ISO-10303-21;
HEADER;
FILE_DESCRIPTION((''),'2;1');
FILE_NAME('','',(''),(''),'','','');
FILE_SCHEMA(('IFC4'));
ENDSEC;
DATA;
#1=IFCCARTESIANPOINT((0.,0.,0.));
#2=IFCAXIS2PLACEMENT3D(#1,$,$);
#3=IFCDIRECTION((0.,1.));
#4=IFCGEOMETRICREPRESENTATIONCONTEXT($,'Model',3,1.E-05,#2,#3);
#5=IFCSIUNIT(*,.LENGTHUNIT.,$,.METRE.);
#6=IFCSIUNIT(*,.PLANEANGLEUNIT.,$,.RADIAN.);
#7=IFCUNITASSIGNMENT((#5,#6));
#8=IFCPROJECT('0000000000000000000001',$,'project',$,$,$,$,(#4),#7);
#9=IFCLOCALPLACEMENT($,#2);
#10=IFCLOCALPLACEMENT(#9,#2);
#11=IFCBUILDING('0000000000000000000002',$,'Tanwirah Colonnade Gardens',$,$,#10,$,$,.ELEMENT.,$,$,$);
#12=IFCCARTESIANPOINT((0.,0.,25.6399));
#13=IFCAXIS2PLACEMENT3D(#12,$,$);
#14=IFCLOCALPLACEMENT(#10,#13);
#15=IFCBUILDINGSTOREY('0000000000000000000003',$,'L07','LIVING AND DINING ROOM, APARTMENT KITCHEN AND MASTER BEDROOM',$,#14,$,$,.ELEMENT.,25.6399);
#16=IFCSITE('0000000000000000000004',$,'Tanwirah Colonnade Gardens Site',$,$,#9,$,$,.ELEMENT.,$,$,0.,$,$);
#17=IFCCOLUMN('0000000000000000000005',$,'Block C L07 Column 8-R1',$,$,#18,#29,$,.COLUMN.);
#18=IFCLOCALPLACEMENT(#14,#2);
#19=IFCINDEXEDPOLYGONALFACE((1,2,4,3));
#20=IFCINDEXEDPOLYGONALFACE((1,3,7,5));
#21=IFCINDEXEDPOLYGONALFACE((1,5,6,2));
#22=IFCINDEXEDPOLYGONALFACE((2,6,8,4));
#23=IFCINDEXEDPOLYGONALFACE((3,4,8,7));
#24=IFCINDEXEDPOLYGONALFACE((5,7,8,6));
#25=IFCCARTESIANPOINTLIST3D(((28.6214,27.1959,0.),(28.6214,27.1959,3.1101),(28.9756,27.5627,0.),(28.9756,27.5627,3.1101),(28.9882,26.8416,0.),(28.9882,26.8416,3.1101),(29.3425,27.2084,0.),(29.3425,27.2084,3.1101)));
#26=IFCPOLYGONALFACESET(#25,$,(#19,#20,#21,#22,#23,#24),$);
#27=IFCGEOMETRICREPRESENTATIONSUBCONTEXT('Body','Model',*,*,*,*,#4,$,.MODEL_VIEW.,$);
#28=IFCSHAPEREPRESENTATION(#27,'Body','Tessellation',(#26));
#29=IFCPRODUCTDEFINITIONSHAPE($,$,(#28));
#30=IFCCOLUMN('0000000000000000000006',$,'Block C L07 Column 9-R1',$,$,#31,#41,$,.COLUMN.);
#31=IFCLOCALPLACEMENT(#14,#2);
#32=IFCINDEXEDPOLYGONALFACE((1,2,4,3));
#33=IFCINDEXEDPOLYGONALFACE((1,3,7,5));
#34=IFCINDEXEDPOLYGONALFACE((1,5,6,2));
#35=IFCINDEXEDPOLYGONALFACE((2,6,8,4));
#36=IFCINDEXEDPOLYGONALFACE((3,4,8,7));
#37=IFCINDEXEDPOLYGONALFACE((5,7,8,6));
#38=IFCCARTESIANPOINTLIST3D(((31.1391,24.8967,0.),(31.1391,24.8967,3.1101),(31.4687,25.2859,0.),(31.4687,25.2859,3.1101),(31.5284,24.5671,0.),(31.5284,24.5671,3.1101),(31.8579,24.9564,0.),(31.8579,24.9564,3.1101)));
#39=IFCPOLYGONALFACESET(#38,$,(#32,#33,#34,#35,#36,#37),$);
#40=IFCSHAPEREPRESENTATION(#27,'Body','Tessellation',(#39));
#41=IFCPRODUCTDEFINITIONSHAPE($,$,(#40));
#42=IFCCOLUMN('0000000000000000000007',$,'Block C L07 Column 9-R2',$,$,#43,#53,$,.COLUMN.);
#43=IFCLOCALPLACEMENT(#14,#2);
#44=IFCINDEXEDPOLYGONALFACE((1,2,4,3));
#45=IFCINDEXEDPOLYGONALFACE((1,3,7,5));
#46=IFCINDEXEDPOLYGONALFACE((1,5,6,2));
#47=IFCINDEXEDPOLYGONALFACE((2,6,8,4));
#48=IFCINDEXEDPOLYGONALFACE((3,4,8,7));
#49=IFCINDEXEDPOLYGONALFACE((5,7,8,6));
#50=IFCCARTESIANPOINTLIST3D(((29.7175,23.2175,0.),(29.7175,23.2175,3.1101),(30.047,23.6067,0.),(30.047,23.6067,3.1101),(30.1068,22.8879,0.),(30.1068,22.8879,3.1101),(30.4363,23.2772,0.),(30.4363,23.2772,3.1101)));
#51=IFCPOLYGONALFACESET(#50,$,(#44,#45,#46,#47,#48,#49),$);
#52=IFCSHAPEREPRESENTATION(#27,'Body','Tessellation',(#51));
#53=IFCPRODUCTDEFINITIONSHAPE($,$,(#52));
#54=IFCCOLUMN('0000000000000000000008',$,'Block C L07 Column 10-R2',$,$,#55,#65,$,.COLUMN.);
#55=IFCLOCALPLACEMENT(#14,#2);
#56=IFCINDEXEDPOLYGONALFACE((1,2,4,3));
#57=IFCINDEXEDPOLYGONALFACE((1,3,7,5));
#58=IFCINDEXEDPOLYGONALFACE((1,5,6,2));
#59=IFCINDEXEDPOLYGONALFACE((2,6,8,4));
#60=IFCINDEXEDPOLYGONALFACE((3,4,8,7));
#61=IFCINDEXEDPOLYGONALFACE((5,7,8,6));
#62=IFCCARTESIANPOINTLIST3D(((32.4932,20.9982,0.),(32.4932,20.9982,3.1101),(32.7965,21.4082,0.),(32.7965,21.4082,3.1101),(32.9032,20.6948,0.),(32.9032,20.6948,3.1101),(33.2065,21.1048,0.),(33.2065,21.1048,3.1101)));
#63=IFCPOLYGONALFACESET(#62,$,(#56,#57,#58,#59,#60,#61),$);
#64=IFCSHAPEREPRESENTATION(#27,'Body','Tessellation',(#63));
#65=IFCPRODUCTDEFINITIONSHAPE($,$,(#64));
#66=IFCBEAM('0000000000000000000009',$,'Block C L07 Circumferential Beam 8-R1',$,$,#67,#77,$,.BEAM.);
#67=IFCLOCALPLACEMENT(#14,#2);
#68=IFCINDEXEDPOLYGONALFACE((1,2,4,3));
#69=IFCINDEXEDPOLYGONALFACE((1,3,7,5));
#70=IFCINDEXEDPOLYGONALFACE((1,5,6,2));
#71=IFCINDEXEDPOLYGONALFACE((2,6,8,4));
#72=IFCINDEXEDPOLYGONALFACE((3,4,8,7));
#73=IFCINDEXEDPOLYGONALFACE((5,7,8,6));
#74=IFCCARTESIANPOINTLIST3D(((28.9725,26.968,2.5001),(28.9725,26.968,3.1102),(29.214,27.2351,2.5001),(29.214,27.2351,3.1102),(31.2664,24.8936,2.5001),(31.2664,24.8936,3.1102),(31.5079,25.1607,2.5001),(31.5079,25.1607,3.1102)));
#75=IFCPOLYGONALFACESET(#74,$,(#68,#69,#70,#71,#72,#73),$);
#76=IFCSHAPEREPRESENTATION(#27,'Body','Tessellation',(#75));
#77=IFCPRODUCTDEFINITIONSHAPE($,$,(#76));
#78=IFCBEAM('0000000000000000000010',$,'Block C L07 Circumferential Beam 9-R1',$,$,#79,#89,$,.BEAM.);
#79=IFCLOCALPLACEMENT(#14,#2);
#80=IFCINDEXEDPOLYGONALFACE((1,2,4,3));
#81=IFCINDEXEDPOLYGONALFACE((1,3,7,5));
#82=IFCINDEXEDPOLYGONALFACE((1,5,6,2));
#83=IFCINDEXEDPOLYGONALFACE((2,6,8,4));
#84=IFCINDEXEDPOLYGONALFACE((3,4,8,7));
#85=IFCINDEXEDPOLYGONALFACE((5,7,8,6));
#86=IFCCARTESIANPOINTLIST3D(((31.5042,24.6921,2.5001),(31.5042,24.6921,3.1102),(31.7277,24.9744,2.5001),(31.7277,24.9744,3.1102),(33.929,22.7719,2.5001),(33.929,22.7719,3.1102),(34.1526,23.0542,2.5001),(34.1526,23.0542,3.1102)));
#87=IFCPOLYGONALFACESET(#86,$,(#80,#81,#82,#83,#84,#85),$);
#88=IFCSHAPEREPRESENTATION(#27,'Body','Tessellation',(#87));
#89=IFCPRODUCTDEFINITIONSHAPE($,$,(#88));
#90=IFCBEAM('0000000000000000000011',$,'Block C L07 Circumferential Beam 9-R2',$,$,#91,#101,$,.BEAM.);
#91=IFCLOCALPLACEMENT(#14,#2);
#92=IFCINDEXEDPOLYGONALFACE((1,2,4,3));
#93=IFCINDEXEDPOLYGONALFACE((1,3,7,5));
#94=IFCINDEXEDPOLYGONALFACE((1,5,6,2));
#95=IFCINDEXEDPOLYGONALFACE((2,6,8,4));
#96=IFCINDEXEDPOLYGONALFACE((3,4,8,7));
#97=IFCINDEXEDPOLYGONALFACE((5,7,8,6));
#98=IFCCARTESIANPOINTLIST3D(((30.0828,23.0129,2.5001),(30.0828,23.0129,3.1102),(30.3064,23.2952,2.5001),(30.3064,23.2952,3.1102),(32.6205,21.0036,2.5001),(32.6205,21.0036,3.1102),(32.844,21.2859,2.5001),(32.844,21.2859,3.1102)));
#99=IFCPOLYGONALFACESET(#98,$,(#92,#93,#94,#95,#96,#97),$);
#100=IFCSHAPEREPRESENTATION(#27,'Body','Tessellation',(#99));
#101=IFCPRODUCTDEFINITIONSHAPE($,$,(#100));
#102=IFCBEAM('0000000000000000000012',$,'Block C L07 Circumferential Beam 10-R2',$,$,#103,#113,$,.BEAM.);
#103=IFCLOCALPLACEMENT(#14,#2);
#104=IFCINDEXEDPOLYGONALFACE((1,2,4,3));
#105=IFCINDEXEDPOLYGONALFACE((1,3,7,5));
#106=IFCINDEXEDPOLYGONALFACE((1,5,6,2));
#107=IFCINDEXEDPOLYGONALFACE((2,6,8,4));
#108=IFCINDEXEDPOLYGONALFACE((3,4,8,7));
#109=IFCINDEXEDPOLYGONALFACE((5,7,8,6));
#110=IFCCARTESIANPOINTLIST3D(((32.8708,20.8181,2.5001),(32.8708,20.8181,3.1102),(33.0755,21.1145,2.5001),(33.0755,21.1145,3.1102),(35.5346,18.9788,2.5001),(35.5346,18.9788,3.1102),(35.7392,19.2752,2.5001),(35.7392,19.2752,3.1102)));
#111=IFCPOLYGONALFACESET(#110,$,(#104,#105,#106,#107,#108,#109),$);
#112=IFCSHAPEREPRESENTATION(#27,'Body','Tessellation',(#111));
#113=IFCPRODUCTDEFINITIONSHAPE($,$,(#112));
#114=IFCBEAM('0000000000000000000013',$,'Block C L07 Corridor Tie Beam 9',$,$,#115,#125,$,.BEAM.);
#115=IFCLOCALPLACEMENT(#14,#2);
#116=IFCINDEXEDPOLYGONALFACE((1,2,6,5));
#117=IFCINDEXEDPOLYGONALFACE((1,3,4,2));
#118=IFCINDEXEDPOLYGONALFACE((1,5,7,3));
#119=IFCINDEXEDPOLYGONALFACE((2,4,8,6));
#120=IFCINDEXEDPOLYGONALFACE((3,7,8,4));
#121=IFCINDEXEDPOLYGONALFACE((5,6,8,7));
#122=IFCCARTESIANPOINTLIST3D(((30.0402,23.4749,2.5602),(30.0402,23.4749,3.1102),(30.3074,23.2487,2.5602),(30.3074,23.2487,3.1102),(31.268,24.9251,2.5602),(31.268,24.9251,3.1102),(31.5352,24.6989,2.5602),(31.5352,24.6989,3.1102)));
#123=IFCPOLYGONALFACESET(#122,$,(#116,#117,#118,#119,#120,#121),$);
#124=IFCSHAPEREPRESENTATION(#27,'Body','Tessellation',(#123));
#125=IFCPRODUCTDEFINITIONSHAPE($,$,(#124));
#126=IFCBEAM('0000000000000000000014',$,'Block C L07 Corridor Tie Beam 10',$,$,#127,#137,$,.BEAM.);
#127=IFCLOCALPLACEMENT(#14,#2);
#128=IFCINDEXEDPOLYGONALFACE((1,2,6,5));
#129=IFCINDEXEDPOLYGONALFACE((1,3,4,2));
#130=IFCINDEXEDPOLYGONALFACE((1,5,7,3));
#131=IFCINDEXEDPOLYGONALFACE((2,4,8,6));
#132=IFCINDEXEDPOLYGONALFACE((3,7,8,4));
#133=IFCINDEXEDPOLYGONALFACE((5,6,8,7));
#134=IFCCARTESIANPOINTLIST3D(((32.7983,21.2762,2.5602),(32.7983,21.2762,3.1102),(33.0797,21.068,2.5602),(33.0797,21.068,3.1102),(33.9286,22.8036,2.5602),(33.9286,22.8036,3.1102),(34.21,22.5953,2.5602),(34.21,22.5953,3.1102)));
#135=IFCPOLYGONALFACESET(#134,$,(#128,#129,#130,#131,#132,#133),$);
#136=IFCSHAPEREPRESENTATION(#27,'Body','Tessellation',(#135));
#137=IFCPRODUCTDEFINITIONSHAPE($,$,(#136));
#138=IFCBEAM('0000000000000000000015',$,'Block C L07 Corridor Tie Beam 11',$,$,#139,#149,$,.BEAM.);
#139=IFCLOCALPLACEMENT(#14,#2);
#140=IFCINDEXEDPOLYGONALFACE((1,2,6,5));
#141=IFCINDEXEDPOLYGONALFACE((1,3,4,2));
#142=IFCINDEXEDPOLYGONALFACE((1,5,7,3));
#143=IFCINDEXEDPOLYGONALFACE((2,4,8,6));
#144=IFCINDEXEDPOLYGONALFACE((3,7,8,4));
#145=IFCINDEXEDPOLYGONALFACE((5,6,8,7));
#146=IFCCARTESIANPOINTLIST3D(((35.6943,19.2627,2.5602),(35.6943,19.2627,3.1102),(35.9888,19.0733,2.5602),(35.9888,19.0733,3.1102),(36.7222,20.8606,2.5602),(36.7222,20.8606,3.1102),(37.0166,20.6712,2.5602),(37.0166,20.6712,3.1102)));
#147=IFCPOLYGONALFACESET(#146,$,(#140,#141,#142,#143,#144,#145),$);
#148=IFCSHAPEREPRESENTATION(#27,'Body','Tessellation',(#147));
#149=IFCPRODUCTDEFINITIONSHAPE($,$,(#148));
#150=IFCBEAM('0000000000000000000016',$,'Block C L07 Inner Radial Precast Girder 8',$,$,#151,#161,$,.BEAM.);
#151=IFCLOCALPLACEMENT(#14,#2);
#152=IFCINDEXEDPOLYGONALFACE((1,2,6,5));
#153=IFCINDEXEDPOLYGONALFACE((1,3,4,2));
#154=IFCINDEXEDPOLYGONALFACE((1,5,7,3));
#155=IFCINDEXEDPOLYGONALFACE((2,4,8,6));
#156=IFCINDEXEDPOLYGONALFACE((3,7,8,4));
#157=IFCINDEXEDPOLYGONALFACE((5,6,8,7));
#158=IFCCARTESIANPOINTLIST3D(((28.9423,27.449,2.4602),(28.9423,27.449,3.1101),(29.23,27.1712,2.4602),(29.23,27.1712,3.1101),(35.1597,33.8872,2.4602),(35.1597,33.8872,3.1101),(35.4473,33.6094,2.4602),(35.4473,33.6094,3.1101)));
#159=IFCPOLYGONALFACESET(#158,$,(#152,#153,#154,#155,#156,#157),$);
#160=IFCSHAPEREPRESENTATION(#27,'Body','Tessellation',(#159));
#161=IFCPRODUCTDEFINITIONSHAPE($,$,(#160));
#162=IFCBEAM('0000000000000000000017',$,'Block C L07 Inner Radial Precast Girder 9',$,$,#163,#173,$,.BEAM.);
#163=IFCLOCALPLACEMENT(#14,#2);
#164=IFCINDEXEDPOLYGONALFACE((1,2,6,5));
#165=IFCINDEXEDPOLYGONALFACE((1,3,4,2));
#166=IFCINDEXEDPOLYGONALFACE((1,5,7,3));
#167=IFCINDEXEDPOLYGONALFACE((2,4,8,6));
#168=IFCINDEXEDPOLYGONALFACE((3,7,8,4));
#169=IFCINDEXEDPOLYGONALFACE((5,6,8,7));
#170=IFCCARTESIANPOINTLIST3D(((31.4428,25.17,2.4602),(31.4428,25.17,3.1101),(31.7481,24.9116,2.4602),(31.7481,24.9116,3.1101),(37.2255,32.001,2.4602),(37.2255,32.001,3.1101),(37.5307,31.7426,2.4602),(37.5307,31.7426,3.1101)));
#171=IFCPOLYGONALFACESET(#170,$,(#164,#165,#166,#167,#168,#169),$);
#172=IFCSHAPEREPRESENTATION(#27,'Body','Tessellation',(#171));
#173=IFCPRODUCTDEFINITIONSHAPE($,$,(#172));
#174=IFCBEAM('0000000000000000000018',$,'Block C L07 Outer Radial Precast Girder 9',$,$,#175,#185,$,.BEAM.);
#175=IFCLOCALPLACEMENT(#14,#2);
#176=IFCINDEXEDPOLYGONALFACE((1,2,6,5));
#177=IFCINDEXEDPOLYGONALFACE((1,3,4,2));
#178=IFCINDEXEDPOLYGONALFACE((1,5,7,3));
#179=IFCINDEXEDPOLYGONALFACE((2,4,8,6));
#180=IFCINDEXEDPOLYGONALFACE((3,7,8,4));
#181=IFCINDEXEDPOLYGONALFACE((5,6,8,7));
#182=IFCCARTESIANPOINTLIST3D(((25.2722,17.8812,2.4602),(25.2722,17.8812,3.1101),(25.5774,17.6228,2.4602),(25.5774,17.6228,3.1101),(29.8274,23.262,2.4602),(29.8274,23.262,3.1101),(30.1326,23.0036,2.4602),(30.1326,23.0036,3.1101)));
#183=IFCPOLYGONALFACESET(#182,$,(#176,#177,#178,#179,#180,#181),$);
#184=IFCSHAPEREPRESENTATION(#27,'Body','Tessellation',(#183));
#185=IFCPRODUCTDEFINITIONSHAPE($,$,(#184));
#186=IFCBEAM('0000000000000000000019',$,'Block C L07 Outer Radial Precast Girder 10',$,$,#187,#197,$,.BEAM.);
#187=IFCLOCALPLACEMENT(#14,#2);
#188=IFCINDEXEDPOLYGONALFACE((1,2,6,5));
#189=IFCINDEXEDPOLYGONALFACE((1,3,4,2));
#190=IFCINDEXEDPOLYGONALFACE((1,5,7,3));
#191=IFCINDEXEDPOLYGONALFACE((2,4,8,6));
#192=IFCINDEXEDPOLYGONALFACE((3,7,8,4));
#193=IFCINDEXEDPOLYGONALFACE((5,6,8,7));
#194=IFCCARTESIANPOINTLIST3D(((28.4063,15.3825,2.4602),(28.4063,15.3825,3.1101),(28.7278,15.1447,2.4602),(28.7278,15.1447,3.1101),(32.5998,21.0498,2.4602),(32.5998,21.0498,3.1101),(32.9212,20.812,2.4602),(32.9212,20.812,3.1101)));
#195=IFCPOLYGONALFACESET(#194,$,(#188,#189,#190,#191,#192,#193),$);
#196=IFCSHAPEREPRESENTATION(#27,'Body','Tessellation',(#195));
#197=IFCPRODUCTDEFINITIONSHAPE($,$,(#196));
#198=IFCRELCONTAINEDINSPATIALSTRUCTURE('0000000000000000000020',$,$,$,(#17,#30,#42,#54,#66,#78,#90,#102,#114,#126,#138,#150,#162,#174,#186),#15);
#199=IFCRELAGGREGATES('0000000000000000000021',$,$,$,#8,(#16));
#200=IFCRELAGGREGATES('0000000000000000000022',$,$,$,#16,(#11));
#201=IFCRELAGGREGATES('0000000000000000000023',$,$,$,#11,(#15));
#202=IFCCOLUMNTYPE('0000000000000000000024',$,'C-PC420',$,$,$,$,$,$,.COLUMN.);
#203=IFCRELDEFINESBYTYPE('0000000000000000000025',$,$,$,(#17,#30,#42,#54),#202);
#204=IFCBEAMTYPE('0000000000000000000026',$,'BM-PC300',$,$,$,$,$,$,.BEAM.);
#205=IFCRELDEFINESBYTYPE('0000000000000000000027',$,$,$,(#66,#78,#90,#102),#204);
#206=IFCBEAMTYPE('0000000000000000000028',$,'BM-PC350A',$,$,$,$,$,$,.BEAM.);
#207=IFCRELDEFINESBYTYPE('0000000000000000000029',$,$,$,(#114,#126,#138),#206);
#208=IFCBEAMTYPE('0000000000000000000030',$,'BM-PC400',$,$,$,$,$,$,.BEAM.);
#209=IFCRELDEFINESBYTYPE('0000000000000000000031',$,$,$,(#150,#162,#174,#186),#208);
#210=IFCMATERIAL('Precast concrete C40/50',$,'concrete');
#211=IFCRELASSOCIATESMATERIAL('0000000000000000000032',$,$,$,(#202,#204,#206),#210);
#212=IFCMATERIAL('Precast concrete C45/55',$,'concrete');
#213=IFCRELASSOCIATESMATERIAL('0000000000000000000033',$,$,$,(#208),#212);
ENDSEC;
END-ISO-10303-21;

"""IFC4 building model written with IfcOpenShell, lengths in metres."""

from ifc_helpers import new_model, si_unit, direction, frame, origin, origin_2d, place, context, subcontext, project, spatial, rectangle, extrude, material, material_profile, profile_set, type_object, element, save


model = new_model("IFC4")

# Units and contexts
model_context = context("Model", 3, precision=1e-05, world=origin(), true_north=direction((0.0, 1.0)))
body_context = subcontext(model_context, "Body", "Model", "MODEL_VIEW")
ifc_project = project(units=[si_unit("LENGTHUNIT", "METRE"), si_unit("PLANEANGLEUNIT", "RADIAN")], contexts=[model_context])

# Site, building, storey
site_placement = place(None, origin())
site = spatial("IfcSite", under=ifc_project, at=site_placement, Name="Tanwirah Colonnade Gardens Site", CompositionType="ELEMENT", RefElevation=0.0)
building_placement = place(site_placement, origin())
building = spatial("IfcBuilding", under=site, at=building_placement, Name="Tanwirah Colonnade Gardens", CompositionType="ELEMENT")
storey_placement = place(building_placement, frame((0.0, 0.0, 25.6399)))
storey = spatial("IfcBuildingStorey", under=building, at=storey_placement, Name="L07", Description="LIVING AND DINING ROOM, APARTMENT KITCHEN AND MASTER BEDROOM", CompositionType="ELEMENT", Elevation=25.6399)

# Columns
ifc_material_1 = material(Name="Precast concrete C40/50", Category="concrete")
ifc_material_profile_1 = material_profile(ifc_material_1, rectangle(XDim=0.51, YDim=0.51, at=origin_2d()), Name="PC-COL 510x510")
ifc_profile_set_1 = profile_set([ifc_material_profile_1], Name="Precast concrete C40/50")
column_type = type_object("IfcColumnType", Name="C-PC420", PredefinedType="COLUMN", material=ifc_profile_set_1)
for number, where, z_axis, x_axis, name in (
    (1, (28.9819, 27.2021, 0.0), (0.0, 0.0, 1.0), (-0.694658, -0.71934, 0.0), "Block C L07 Column 8-R1"),
    (2, (31.4985, 24.9265, 0.0), (0.0, 0.0, 1.0), (-0.646124, -0.763232, 0.0), "Block C L07 Column 9-R1"),
    (3, (30.0769, 23.2473, 0.0), (0.0, 0.0, 1.0), (-0.646124, -0.763232, 0.0), "Block C L07 Column 9-R2"),
    (4, (32.8499, 21.0515, 0.0), (0.0, 0.0, 1.0), (-0.594823, -0.803857, 0.0), "Block C L07 Column 10-R2"),
):
    element("IfcColumn", number, at=place(storey_placement, frame(where, z_axis=z_axis, x_axis=x_axis)), inside=storey, type_object=column_type, Name=name, PredefinedType="COLUMN", context=body_context, shape_type="SweptSolid", body=[
        extrude(rectangle(XDim=0.51, YDim=0.51, at=origin_2d()), origin(), (0.0, 0.0, 1.0), 3.1101),
    ])

# Beams
ifc_material_profile_2 = material_profile(ifc_material_1, rectangle(XDim=0.3601, YDim=0.6101, at=origin_2d()), Name="PC-BM 360x610")
ifc_profile_set_2 = profile_set([ifc_material_profile_2], Name="Precast concrete C40/50")
beam_type_1 = type_object("IfcBeamType", Name="BM-PC300", PredefinedType="BEAM", material=ifc_profile_set_2)
beam_1_placement = place(storey_placement, frame((29.0933, 27.1016, 2.8052), z_axis=(0.741698, -0.670733, 0.0), x_axis=(0.670733, 0.741698, 0.0)))
element("IfcBeam", 5, at=beam_1_placement, inside=storey, type_object=beam_type_1, Name="Block C L07 Circumferential Beam 8-R1", PredefinedType="BEAM", context=body_context, shape_type="SweptSolid", body=[
    extrude(rectangle(XDim=0.3601, YDim=0.6101, at=origin_2d()), origin(), (0.0, 0.0, 1.0), 3.0928),
])
beam_2_placement = place(storey_placement, frame((31.616, 24.8333, 2.8052), z_axis=(0.783963, -0.620808, 0.0), x_axis=(0.620808, 0.783963, 0.0)))
element("IfcBeam", 6, at=beam_2_placement, inside=storey, type_object=beam_type_1, Name="Block C L07 Circumferential Beam 9-R1", PredefinedType="BEAM", context=body_context, shape_type="SweptSolid", body=[
    extrude(rectangle(XDim=0.3601, YDim=0.6101, at=origin_2d()), origin(), (0.0, 0.0, 1.0), 3.093),
])
beam_3_placement = place(storey_placement, frame((30.1946, 23.1541, 2.8052), z_axis=(0.783994, -0.620769, 0.0), x_axis=(0.620769, 0.783994, 0.0)))
element("IfcBeam", 7, at=beam_3_placement, inside=storey, type_object=beam_type_1, Name="Block C L07 Circumferential Beam 9-R2", PredefinedType="BEAM", context=body_context, shape_type="SweptSolid", body=[
    extrude(rectangle(XDim=0.3601, YDim=0.6101, at=origin_2d()), origin(), (0.0, 0.0, 1.0), 3.2368),
])
beam_4_placement = place(storey_placement, frame((32.9731, 20.9663, 2.8052), z_axis=(0.822889, -0.568202, 0.0), x_axis=(0.568202, 0.822889, 0.0)))
element("IfcBeam", 8, at=beam_4_placement, inside=storey, type_object=beam_type_1, Name="Block C L07 Circumferential Beam 10-R2", PredefinedType="BEAM", context=body_context, shape_type="SweptSolid", body=[
    extrude(rectangle(XDim=0.3601, YDim=0.6101, at=origin_2d()), origin(), (0.0, 0.0, 1.0), 3.2371),
])
ifc_material_profile_3 = material_profile(ifc_material_1, rectangle(XDim=0.3501, YDim=0.55, at=origin_2d()), Name="PC-BM 350x550")
ifc_profile_set_3 = profile_set([ifc_material_profile_3], Name="Precast concrete C40/50")
beam_type_2 = type_object("IfcBeamType", Name="BM-PC350A", PredefinedType="BEAM", material=ifc_profile_set_3)
for number, where, z_axis, x_axis, name in (
    (9, (31.4016, 24.812, 2.8352), (-0.646155, -0.763206, 0.0), (0.763206, -0.646155, 0.0), "Block C L07 Corridor Tie Beam 9"),
    (10, (34.0693, 22.6995, 2.8352), (-0.594889, -0.803807, 0.0), (0.803807, -0.594889, 0.0), "Block C L07 Corridor Tie Beam 10"),
):
    element("IfcBeam", number, at=place(storey_placement, frame(where, z_axis=z_axis, x_axis=x_axis)), inside=storey, type_object=beam_type_2, Name=name, PredefinedType="BEAM", context=body_context, shape_type="SweptSolid", body=[
        extrude(rectangle(XDim=0.3501, YDim=0.55, at=origin_2d()), origin(), (0.0, 0.0, 1.0), 1.9001),
    ])
beam_5_placement = place(storey_placement, frame((36.8694, 20.7659, 2.8352), z_axis=(-0.540985, -0.841032, 0.0), x_axis=(0.841032, -0.540985, 0.0)))
element("IfcBeam", 11, at=beam_5_placement, inside=storey, type_object=beam_type_2, Name="Block C L07 Corridor Tie Beam 11", PredefinedType="BEAM", context=body_context, shape_type="SweptSolid", body=[
    extrude(rectangle(XDim=0.3501, YDim=0.55, at=origin_2d()), origin(), (0.0, 0.0, 1.0), 1.8999),
])
ifc_material_2 = material(Name="Precast concrete C45/55", Category="concrete")
ifc_material_profile_4 = material_profile(ifc_material_2, rectangle(XDim=0.3999, YDim=0.6499, at=origin_2d()), Name="PC-BM 400x650")
ifc_profile_set_4 = profile_set([ifc_material_profile_4], Name="Precast concrete C45/55")
beam_type_3 = type_object("IfcBeamType", Name="BM-PC400", PredefinedType="BEAM", material=ifc_profile_set_4)
beam_6_placement = place(storey_placement, frame((29.0862, 27.3101, 2.7852), z_axis=(0.694656, 0.719342, 0.0), x_axis=(-0.719342, 0.694656, 0.0)))
element("IfcBeam", 12, at=beam_6_placement, inside=storey, type_object=beam_type_3, Name="Block C L07 Inner Radial Precast Girder 8", PredefinedType="BEAM", context=body_context, shape_type="SweptSolid", body=[
    extrude(rectangle(XDim=0.3999, YDim=0.6499, at=origin_2d()), origin(), (0.0, 0.0, 1.0), 8.9502),
])
beam_7_placement = place(storey_placement, frame((31.5955, 25.0408, 2.7852), z_axis=(0.646111, 0.763243, 0.0), x_axis=(-0.763243, 0.646111, 0.0)))
element("IfcBeam", 13, at=beam_7_placement, inside=storey, type_object=beam_type_3, Name="Block C L07 Inner Radial Precast Girder 9", PredefinedType="BEAM", context=body_context, shape_type="SweptSolid", body=[
    extrude(rectangle(XDim=0.3999, YDim=0.6499, at=origin_2d()), origin(), (0.0, 0.0, 1.0), 8.95),
])
for number, where, z_axis, x_axis, name in (
    (14, (29.98, 23.1328, 2.7852), (-0.646119, -0.763237, 0.0), (0.763237, -0.646119, 0.0), "Block C L07 Outer Radial Precast Girder 9"),
    (15, (32.7605, 20.9309, 2.7852), (-0.594807, -0.803869, 0.0), (0.803869, -0.594807, 0.0), "Block C L07 Outer Radial Precast Girder 10"),
):
    element("IfcBeam", number, at=place(storey_placement, frame(where, z_axis=z_axis, x_axis=x_axis)), inside=storey, type_object=beam_type_3, Name=name, PredefinedType="BEAM", context=body_context, shape_type="SweptSolid", body=[
        extrude(rectangle(XDim=0.3999, YDim=0.6499, at=origin_2d()), origin(), (0.0, 0.0, 1.0), 7.05),
    ])

save(model, "model.ifc")
